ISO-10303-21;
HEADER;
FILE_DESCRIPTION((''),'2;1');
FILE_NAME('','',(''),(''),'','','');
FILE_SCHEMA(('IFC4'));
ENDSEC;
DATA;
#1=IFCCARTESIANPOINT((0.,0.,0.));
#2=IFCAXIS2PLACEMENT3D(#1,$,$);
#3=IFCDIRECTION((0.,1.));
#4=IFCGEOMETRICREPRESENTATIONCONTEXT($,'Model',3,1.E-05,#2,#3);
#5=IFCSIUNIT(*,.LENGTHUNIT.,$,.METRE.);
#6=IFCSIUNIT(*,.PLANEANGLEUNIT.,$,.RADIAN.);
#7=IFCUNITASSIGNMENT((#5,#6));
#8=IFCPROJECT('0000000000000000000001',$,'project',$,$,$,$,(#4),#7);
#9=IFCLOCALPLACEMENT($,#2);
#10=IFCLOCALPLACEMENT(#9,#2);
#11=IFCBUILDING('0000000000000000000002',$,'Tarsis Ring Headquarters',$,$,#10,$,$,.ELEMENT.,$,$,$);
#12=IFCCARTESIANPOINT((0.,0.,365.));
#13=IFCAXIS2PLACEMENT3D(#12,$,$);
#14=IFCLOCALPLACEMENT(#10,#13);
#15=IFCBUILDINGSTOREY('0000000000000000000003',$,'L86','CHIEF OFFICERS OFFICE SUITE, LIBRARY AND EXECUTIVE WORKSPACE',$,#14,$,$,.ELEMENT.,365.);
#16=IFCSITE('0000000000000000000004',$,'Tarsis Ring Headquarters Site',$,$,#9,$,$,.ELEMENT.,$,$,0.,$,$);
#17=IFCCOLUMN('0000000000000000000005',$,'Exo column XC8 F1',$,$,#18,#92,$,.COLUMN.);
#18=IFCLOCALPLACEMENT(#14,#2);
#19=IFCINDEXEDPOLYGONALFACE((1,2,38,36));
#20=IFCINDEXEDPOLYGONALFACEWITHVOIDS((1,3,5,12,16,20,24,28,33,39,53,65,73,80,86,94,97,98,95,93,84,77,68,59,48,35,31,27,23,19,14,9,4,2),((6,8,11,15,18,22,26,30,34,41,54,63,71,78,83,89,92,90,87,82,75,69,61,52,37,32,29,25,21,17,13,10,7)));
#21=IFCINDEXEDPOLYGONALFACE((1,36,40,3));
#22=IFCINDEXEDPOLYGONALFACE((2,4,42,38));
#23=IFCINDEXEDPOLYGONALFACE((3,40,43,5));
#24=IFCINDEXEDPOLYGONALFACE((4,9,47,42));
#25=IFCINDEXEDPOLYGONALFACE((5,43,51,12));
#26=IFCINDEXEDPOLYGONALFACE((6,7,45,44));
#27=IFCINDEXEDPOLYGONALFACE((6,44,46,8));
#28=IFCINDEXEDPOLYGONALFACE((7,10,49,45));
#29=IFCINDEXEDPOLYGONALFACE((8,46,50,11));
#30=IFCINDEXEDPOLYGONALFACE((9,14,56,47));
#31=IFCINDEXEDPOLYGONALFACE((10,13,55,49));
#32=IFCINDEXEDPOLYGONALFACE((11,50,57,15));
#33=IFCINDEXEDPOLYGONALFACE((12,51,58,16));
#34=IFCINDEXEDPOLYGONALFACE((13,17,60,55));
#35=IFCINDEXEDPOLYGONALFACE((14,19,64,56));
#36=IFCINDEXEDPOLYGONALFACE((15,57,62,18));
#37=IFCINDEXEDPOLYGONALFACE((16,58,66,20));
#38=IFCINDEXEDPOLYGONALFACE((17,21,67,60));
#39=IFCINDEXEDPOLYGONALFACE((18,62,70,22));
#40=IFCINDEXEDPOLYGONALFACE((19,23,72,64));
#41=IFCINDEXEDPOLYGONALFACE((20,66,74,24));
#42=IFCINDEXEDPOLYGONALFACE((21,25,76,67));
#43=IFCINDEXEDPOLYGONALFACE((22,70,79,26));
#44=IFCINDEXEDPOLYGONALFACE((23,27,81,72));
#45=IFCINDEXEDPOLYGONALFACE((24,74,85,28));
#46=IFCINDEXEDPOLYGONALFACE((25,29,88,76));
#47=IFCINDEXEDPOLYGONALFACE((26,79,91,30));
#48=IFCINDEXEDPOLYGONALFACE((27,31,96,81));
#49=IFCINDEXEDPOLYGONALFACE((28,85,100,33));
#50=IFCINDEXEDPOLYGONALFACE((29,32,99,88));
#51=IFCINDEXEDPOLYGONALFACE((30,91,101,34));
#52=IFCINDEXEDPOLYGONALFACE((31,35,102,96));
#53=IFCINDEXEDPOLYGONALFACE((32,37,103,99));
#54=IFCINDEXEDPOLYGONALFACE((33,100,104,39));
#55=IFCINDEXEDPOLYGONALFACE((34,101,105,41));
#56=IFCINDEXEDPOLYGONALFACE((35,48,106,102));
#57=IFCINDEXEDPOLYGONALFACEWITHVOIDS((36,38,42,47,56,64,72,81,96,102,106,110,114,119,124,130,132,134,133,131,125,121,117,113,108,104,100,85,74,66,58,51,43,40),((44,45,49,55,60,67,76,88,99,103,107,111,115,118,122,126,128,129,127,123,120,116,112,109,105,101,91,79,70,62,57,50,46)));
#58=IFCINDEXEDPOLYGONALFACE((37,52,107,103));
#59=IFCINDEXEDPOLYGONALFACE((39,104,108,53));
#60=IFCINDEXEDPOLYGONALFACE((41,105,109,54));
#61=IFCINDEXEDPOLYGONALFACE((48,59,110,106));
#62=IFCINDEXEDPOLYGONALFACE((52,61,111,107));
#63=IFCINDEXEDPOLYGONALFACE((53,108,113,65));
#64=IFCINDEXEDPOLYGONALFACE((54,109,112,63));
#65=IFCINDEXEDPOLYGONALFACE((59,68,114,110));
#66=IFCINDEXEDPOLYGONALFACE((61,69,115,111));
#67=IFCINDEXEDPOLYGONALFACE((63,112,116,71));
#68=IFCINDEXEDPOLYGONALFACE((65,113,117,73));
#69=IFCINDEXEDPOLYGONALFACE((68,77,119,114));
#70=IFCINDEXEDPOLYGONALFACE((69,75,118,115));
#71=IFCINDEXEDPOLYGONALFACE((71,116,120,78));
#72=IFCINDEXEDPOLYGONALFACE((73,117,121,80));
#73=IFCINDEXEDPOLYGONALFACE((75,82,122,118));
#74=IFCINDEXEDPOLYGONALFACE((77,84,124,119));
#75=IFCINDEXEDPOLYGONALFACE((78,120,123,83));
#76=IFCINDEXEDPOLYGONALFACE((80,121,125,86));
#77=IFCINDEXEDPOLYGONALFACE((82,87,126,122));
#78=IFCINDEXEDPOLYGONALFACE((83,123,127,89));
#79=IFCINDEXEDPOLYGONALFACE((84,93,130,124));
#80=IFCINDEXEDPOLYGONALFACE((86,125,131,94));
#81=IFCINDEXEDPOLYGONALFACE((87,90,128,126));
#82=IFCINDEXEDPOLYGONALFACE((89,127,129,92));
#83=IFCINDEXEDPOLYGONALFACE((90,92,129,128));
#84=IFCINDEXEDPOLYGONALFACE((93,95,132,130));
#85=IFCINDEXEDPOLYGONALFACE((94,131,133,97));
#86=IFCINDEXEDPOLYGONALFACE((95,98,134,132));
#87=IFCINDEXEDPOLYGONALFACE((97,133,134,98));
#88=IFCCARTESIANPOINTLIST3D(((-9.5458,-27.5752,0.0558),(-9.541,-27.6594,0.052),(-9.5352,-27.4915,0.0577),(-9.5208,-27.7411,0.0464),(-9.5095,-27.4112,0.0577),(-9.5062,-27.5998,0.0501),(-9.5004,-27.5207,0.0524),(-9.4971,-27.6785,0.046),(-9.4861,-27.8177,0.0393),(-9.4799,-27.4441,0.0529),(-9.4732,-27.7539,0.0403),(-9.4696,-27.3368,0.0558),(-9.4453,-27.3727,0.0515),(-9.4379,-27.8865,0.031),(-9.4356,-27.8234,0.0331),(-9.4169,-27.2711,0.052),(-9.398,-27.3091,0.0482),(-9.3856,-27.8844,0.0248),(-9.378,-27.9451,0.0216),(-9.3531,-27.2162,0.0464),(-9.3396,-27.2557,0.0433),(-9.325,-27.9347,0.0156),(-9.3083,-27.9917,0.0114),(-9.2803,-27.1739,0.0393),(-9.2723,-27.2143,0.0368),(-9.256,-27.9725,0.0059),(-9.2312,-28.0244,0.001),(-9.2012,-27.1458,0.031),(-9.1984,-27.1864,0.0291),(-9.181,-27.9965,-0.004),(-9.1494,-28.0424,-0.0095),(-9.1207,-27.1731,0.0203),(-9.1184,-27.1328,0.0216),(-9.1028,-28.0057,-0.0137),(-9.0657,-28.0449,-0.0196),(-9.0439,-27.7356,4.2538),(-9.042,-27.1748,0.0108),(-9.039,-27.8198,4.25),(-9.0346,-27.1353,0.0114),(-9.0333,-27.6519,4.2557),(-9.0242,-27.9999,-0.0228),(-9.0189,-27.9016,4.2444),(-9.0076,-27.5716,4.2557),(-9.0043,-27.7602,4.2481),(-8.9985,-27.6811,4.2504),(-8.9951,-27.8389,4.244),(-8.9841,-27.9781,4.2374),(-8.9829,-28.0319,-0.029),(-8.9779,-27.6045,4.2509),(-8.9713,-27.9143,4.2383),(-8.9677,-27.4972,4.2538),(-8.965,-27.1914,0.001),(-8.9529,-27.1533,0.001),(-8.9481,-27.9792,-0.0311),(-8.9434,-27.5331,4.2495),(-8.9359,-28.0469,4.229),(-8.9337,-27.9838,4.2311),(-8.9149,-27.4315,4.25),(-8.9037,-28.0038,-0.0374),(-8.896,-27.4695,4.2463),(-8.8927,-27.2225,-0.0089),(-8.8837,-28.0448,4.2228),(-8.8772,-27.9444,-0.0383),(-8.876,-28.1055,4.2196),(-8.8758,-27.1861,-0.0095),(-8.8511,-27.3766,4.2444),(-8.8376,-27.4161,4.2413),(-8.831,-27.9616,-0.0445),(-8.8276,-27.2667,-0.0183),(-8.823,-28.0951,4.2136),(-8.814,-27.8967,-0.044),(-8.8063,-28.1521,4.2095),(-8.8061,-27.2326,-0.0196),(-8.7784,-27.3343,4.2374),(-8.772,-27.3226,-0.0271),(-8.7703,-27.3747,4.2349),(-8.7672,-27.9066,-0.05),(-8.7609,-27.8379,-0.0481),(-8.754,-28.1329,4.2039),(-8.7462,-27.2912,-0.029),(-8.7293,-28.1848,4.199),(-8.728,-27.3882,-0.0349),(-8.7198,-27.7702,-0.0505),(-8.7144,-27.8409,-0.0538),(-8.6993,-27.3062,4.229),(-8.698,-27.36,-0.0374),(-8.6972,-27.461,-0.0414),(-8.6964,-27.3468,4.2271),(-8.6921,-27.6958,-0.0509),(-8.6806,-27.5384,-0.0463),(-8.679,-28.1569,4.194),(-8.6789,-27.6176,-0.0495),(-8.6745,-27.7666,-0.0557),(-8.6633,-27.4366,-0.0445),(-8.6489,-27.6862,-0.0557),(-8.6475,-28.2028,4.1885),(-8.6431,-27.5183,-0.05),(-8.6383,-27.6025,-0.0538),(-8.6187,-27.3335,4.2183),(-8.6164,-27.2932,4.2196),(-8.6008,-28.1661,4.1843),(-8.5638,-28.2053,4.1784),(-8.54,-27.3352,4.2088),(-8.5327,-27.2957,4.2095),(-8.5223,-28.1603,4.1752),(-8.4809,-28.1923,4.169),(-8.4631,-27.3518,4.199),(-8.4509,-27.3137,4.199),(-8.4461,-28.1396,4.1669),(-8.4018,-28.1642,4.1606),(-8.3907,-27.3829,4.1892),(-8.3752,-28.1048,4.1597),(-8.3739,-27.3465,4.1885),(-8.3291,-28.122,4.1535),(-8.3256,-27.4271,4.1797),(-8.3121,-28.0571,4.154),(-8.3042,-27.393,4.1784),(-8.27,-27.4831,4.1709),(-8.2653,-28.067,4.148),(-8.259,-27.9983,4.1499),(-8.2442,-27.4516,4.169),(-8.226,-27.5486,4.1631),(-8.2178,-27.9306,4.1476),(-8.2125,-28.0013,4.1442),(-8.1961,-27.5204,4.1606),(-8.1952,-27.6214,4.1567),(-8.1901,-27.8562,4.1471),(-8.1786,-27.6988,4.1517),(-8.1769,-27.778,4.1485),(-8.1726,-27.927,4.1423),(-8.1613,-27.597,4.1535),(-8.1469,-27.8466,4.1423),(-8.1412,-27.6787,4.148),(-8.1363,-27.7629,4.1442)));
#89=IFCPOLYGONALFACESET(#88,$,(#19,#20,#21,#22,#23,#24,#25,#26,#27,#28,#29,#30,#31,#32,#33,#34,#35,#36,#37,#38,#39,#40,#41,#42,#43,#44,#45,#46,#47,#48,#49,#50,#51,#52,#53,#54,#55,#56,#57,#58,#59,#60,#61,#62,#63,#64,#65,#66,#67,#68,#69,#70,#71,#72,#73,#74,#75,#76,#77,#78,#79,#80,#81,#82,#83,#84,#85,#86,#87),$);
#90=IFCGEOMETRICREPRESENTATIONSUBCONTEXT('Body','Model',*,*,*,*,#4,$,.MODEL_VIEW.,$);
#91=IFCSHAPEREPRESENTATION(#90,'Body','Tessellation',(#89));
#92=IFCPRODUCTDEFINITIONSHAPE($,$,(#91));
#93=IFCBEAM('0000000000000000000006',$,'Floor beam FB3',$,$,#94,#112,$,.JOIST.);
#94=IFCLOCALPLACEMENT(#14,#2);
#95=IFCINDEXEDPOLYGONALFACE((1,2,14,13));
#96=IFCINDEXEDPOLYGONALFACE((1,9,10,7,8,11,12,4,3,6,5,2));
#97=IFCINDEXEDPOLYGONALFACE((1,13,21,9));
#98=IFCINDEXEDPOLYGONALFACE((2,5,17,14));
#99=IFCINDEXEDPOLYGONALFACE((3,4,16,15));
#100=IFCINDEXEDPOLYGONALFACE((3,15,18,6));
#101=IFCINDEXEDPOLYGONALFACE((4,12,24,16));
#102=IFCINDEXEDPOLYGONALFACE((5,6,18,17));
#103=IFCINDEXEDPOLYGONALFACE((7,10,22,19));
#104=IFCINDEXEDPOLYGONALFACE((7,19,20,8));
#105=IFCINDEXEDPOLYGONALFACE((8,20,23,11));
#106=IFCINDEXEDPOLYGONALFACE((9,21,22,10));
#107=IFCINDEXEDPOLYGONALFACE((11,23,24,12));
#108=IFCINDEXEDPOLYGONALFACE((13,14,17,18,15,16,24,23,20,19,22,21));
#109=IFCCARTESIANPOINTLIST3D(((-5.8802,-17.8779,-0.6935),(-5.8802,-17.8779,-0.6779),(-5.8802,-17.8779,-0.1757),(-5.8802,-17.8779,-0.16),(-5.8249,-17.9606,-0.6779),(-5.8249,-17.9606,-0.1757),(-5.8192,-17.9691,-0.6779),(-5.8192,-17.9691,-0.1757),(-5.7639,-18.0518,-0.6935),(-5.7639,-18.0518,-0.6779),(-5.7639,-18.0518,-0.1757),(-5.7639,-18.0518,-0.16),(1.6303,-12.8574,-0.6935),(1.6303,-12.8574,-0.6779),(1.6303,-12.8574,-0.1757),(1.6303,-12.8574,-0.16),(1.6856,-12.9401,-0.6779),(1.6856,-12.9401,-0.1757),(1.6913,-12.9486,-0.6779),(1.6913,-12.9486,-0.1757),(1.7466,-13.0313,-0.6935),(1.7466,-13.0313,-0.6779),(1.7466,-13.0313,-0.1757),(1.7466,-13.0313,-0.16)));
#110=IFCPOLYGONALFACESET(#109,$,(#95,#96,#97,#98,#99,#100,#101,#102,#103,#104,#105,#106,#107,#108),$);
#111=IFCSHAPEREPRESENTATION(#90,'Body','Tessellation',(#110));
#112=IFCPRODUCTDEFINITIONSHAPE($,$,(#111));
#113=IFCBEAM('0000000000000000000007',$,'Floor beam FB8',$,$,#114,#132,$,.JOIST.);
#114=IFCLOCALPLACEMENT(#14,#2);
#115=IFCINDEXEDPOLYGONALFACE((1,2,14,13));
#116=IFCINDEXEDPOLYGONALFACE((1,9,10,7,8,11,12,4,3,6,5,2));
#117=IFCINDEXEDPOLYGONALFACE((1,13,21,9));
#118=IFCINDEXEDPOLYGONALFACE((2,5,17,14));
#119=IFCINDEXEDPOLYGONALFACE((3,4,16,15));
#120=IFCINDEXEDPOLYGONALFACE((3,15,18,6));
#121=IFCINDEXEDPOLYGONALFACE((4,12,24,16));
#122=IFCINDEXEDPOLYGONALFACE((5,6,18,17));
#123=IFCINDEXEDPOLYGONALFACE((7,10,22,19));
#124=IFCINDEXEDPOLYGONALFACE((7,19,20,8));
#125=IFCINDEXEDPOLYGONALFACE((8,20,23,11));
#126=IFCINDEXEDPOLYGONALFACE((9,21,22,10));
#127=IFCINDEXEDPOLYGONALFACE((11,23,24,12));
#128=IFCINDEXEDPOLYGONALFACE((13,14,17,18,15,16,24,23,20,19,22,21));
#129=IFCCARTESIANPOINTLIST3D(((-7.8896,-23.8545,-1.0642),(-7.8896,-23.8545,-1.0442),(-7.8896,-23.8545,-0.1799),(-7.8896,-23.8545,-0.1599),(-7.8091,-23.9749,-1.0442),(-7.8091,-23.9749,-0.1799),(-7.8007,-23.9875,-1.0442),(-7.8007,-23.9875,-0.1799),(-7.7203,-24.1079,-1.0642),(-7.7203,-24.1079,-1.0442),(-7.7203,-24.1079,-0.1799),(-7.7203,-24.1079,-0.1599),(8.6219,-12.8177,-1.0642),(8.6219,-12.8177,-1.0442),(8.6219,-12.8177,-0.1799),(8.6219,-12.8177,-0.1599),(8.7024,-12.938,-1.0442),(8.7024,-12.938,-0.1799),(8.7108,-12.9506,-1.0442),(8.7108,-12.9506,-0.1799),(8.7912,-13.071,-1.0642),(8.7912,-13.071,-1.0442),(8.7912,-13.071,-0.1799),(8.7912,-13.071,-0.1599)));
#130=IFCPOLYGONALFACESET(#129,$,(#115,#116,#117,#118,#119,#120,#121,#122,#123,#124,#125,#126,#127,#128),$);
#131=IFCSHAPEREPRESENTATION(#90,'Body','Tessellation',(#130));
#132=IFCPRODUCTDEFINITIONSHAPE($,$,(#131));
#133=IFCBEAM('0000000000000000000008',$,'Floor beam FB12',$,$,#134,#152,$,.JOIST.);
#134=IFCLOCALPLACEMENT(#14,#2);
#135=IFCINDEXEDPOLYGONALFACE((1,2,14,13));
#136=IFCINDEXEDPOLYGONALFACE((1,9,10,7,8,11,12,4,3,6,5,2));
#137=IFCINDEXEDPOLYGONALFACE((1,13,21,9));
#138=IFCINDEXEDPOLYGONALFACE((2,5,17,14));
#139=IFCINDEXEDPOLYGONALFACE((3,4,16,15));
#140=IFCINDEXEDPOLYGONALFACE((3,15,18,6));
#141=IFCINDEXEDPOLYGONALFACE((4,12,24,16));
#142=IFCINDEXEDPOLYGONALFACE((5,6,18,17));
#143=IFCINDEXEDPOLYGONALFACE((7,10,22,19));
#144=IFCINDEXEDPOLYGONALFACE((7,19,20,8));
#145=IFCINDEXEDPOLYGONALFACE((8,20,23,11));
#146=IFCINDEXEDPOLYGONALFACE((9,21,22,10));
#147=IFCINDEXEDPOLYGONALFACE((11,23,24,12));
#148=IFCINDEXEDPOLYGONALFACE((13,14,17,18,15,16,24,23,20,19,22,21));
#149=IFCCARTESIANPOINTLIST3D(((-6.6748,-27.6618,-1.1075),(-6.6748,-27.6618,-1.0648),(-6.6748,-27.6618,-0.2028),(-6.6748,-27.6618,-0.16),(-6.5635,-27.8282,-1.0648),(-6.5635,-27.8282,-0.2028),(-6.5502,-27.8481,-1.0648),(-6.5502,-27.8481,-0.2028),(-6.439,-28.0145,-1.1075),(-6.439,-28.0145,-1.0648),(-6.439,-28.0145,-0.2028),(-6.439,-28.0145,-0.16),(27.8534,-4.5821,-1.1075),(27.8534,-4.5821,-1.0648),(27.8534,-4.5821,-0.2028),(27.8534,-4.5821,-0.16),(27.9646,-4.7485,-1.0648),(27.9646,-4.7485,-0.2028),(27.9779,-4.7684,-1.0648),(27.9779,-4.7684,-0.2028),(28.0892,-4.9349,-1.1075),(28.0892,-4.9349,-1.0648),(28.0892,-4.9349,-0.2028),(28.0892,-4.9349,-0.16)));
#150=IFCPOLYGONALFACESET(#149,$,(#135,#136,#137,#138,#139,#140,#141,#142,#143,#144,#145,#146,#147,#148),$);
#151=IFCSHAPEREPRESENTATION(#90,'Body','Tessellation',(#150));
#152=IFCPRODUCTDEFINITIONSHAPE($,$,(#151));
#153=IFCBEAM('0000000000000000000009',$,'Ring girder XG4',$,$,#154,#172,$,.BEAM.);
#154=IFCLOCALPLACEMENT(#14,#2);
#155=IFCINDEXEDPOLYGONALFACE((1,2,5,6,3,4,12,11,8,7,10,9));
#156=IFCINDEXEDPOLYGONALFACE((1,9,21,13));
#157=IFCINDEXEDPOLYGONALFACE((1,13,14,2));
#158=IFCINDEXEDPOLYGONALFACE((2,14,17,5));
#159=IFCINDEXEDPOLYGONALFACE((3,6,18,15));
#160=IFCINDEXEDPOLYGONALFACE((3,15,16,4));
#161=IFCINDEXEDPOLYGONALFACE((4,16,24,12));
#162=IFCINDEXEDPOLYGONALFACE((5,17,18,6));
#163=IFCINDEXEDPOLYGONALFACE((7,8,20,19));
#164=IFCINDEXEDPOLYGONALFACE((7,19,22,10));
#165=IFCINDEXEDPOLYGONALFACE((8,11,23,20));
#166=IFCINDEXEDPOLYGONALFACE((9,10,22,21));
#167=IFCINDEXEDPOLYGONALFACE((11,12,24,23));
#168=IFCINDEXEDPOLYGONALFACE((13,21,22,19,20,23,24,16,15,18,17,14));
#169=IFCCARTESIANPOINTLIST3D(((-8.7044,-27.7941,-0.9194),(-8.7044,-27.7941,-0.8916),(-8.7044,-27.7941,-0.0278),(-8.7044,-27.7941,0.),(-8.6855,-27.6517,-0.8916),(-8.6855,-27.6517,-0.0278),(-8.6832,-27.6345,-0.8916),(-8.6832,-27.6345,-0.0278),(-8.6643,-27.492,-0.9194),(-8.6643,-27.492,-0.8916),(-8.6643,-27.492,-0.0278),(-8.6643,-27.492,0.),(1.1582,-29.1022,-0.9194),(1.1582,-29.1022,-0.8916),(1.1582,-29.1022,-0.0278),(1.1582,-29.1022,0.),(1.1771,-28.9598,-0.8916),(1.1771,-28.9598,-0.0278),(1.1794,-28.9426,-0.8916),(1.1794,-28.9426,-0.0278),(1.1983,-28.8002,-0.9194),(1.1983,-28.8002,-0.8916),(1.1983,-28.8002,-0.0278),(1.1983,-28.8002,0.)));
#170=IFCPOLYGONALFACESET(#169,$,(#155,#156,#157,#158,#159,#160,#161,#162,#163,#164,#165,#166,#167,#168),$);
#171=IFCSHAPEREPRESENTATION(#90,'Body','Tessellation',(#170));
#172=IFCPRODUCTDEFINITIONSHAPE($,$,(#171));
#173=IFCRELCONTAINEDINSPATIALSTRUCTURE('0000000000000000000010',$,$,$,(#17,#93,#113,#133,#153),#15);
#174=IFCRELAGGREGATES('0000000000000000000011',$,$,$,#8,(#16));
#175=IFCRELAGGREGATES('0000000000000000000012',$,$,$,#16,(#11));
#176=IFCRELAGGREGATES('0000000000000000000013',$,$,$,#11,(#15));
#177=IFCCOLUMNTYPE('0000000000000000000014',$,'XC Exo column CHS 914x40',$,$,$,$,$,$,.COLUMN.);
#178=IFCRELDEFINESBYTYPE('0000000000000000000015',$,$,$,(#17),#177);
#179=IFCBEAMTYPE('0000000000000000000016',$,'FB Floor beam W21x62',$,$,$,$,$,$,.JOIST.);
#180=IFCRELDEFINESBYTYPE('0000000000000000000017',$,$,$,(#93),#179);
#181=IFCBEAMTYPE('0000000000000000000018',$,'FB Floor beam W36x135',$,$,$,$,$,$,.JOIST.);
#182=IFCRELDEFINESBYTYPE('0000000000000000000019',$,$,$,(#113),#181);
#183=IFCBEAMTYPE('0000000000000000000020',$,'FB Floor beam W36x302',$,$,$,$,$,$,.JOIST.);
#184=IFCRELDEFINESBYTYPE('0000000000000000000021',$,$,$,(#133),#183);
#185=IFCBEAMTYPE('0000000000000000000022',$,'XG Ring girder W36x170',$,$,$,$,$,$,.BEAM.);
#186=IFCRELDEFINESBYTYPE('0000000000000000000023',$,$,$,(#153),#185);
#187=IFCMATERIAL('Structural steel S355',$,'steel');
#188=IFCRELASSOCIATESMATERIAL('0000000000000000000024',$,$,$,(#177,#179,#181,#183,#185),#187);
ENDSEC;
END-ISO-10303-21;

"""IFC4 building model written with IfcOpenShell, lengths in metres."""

from ifc_helpers import new_model, si_unit, direction, frame, origin, origin_2d, place, context, subcontext, project, spatial, hollow_circle, i_section, extrude, material, material_profile, profile_set, type_object, element, save


model = new_model("IFC4")

# Units and contexts
model_context = context("Model", 3, precision=1e-05, world=origin(), true_north=direction((0.0, 1.0)))
body_context = subcontext(model_context, "Body", "Model", "MODEL_VIEW")
ifc_project = project(units=[si_unit("LENGTHUNIT", "METRE"), si_unit("PLANEANGLEUNIT", "RADIAN")], contexts=[model_context])

# Site, building, storey
site_placement = place(None, origin())
site = spatial("IfcSite", under=ifc_project, at=site_placement, Name="Tarsis Ring Headquarters Site", CompositionType="ELEMENT", RefElevation=0.0)
building_placement = place(site_placement, origin())
building = spatial("IfcBuilding", under=site, at=building_placement, Name="Tarsis Ring Headquarters", CompositionType="ELEMENT")
storey_placement = place(building_placement, frame((0.0, 0.0, 365.0)))
storey = spatial("IfcBuildingStorey", under=building, at=storey_placement, Name="L86", Description="CHIEF OFFICERS OFFICE SUITE, LIBRARY AND EXECUTIVE WORKSPACE", CompositionType="ELEMENT", Elevation=365.0)

# Column
ifc_material_1 = material(Name="Structural steel S355", Category="steel")
ifc_material_profile_1 = material_profile(ifc_material_1, hollow_circle(Radius=0.457, WallThickness=0.04, at=origin_2d()), Name="CHS 914x40")
ifc_profile_set_1 = profile_set([ifc_material_profile_1], Name="Structural steel S355")
column_type = type_object("IfcColumnType", Name="XC Exo column CHS 914x40", PredefinedType="COLUMN", material=ifc_profile_set_1)
column_placement = place(storey_placement, frame((-9.092, -27.5889, 0.001), z_axis=(0.118639, -0.037911, 0.992213), x_axis=(0.304389, 0.952548, 0.0)))
element("IfcColumn", 1, at=column_placement, inside=storey, type_object=column_type, Name="Exo column XC8 F1", PredefinedType="COLUMN", context=body_context, shape_type="SweptSolid", body=[
    extrude(hollow_circle(Radius=0.4573, WallThickness=0.04, at=origin_2d()), origin(), (0.0, 0.0, 1.0), 4.231),
])

# Beams
ifc_material_profile_2 = material_profile(ifc_material_1, i_section(OverallWidth=0.2092, OverallDepth=0.5334, WebThickness=0.0103, FlangeThickness=0.0156, at=origin_2d()), Name="W21x62")
ifc_profile_set_2 = profile_set([ifc_material_profile_2], Name="Structural steel S355")
beam_type_1 = type_object("IfcBeamType", Name="FB Floor beam W21x62", PredefinedType="JOIST", material=ifc_profile_set_2)
beam_1_placement = place(storey_placement, frame((-5.822, -17.9648, -0.4268), z_axis=(0.831359, 0.555735, 0.0), x_axis=(-0.555735, 0.831359, 0.0)))
element("IfcBeam", 2, at=beam_1_placement, inside=storey, type_object=beam_type_1, Name="Floor beam FB3", PredefinedType="JOIST", context=body_context, shape_type="SweptSolid", body=[
    extrude(i_section(OverallWidth=0.2092, OverallDepth=0.5334, WebThickness=0.0103, FlangeThickness=0.0156, at=origin_2d()), origin(), (0.0, 0.0, 1.0), 9.0339),
])
ifc_material_profile_3 = material_profile(ifc_material_1, i_section(OverallWidth=0.3047, OverallDepth=0.9043, WebThickness=0.0151, FlangeThickness=0.02, at=origin_2d()), Name="W36x135")
ifc_profile_set_3 = profile_set([ifc_material_profile_3], Name="Structural steel S355")
beam_type_2 = type_object("IfcBeamType", Name="FB Floor beam W36x135", PredefinedType="JOIST", material=ifc_profile_set_3)
beam_2_placement = place(storey_placement, frame((-7.8049, -23.9812, -0.6121), z_axis=(0.831371, 0.555718, 0.0), x_axis=(-0.555718, 0.831371, 0.0)))
element("IfcBeam", 3, at=beam_2_placement, inside=storey, type_object=beam_type_2, Name="Floor beam FB8", PredefinedType="JOIST", context=body_context, shape_type="SweptSolid", body=[
    extrude(i_section(OverallWidth=0.3047, OverallDepth=0.9043, WebThickness=0.0151, FlangeThickness=0.02, at=origin_2d()), origin(), (0.0, 0.0, 1.0), 19.8606),
])
ifc_material_profile_4 = material_profile(ifc_material_1, i_section(OverallWidth=0.4243, OverallDepth=0.9475, WebThickness=0.0239, FlangeThickness=0.0427, at=origin_2d()), Name="W36x302")
ifc_profile_set_4 = profile_set([ifc_material_profile_4], Name="Structural steel S355")
beam_type_3 = type_object("IfcBeamType", Name="FB Floor beam W36x302", PredefinedType="JOIST", material=ifc_profile_set_4)
beam_3_placement = place(storey_placement, frame((-6.5569, -27.8381, -0.6338), z_axis=(0.831373, 0.555714, 0.0), x_axis=(-0.555714, 0.831373, 0.0)))
element("IfcBeam", 4, at=beam_3_placement, inside=storey, type_object=beam_type_3, Name="Floor beam FB12", PredefinedType="JOIST", context=body_context, shape_type="SweptSolid", body=[
    extrude(i_section(OverallWidth=0.4243, OverallDepth=0.9475, WebThickness=0.0239, FlangeThickness=0.0427, at=origin_2d()), origin(), (0.0, 0.0, 1.0), 41.5315),
])
ifc_material_profile_5 = material_profile(ifc_material_1, i_section(OverallWidth=0.3047, OverallDepth=0.9194, WebThickness=0.0173, FlangeThickness=0.0278, at=origin_2d()), Name="W36x170")
ifc_profile_set_5 = profile_set([ifc_material_profile_5], Name="Structural steel S355")
beam_type_4 = type_object("IfcBeamType", Name="XG Ring girder W36x170", PredefinedType="BEAM", material=ifc_profile_set_5)
beam_4_placement = place(storey_placement, frame((-8.6843, -27.6431, -0.4597), z_axis=(0.991319, -0.131482, 0.0), x_axis=(0.131482, 0.991319, 0.0)))
element("IfcBeam", 5, at=beam_4_placement, inside=storey, type_object=beam_type_4, Name="Ring girder XG4", PredefinedType="BEAM", context=body_context, shape_type="SweptSolid", body=[
    extrude(i_section(OverallWidth=0.3047, OverallDepth=0.9194, WebThickness=0.0173, FlangeThickness=0.0278, at=origin_2d()), origin(), (0.0, 0.0, 1.0), 9.949),
])

save(model, "model.ifc")
